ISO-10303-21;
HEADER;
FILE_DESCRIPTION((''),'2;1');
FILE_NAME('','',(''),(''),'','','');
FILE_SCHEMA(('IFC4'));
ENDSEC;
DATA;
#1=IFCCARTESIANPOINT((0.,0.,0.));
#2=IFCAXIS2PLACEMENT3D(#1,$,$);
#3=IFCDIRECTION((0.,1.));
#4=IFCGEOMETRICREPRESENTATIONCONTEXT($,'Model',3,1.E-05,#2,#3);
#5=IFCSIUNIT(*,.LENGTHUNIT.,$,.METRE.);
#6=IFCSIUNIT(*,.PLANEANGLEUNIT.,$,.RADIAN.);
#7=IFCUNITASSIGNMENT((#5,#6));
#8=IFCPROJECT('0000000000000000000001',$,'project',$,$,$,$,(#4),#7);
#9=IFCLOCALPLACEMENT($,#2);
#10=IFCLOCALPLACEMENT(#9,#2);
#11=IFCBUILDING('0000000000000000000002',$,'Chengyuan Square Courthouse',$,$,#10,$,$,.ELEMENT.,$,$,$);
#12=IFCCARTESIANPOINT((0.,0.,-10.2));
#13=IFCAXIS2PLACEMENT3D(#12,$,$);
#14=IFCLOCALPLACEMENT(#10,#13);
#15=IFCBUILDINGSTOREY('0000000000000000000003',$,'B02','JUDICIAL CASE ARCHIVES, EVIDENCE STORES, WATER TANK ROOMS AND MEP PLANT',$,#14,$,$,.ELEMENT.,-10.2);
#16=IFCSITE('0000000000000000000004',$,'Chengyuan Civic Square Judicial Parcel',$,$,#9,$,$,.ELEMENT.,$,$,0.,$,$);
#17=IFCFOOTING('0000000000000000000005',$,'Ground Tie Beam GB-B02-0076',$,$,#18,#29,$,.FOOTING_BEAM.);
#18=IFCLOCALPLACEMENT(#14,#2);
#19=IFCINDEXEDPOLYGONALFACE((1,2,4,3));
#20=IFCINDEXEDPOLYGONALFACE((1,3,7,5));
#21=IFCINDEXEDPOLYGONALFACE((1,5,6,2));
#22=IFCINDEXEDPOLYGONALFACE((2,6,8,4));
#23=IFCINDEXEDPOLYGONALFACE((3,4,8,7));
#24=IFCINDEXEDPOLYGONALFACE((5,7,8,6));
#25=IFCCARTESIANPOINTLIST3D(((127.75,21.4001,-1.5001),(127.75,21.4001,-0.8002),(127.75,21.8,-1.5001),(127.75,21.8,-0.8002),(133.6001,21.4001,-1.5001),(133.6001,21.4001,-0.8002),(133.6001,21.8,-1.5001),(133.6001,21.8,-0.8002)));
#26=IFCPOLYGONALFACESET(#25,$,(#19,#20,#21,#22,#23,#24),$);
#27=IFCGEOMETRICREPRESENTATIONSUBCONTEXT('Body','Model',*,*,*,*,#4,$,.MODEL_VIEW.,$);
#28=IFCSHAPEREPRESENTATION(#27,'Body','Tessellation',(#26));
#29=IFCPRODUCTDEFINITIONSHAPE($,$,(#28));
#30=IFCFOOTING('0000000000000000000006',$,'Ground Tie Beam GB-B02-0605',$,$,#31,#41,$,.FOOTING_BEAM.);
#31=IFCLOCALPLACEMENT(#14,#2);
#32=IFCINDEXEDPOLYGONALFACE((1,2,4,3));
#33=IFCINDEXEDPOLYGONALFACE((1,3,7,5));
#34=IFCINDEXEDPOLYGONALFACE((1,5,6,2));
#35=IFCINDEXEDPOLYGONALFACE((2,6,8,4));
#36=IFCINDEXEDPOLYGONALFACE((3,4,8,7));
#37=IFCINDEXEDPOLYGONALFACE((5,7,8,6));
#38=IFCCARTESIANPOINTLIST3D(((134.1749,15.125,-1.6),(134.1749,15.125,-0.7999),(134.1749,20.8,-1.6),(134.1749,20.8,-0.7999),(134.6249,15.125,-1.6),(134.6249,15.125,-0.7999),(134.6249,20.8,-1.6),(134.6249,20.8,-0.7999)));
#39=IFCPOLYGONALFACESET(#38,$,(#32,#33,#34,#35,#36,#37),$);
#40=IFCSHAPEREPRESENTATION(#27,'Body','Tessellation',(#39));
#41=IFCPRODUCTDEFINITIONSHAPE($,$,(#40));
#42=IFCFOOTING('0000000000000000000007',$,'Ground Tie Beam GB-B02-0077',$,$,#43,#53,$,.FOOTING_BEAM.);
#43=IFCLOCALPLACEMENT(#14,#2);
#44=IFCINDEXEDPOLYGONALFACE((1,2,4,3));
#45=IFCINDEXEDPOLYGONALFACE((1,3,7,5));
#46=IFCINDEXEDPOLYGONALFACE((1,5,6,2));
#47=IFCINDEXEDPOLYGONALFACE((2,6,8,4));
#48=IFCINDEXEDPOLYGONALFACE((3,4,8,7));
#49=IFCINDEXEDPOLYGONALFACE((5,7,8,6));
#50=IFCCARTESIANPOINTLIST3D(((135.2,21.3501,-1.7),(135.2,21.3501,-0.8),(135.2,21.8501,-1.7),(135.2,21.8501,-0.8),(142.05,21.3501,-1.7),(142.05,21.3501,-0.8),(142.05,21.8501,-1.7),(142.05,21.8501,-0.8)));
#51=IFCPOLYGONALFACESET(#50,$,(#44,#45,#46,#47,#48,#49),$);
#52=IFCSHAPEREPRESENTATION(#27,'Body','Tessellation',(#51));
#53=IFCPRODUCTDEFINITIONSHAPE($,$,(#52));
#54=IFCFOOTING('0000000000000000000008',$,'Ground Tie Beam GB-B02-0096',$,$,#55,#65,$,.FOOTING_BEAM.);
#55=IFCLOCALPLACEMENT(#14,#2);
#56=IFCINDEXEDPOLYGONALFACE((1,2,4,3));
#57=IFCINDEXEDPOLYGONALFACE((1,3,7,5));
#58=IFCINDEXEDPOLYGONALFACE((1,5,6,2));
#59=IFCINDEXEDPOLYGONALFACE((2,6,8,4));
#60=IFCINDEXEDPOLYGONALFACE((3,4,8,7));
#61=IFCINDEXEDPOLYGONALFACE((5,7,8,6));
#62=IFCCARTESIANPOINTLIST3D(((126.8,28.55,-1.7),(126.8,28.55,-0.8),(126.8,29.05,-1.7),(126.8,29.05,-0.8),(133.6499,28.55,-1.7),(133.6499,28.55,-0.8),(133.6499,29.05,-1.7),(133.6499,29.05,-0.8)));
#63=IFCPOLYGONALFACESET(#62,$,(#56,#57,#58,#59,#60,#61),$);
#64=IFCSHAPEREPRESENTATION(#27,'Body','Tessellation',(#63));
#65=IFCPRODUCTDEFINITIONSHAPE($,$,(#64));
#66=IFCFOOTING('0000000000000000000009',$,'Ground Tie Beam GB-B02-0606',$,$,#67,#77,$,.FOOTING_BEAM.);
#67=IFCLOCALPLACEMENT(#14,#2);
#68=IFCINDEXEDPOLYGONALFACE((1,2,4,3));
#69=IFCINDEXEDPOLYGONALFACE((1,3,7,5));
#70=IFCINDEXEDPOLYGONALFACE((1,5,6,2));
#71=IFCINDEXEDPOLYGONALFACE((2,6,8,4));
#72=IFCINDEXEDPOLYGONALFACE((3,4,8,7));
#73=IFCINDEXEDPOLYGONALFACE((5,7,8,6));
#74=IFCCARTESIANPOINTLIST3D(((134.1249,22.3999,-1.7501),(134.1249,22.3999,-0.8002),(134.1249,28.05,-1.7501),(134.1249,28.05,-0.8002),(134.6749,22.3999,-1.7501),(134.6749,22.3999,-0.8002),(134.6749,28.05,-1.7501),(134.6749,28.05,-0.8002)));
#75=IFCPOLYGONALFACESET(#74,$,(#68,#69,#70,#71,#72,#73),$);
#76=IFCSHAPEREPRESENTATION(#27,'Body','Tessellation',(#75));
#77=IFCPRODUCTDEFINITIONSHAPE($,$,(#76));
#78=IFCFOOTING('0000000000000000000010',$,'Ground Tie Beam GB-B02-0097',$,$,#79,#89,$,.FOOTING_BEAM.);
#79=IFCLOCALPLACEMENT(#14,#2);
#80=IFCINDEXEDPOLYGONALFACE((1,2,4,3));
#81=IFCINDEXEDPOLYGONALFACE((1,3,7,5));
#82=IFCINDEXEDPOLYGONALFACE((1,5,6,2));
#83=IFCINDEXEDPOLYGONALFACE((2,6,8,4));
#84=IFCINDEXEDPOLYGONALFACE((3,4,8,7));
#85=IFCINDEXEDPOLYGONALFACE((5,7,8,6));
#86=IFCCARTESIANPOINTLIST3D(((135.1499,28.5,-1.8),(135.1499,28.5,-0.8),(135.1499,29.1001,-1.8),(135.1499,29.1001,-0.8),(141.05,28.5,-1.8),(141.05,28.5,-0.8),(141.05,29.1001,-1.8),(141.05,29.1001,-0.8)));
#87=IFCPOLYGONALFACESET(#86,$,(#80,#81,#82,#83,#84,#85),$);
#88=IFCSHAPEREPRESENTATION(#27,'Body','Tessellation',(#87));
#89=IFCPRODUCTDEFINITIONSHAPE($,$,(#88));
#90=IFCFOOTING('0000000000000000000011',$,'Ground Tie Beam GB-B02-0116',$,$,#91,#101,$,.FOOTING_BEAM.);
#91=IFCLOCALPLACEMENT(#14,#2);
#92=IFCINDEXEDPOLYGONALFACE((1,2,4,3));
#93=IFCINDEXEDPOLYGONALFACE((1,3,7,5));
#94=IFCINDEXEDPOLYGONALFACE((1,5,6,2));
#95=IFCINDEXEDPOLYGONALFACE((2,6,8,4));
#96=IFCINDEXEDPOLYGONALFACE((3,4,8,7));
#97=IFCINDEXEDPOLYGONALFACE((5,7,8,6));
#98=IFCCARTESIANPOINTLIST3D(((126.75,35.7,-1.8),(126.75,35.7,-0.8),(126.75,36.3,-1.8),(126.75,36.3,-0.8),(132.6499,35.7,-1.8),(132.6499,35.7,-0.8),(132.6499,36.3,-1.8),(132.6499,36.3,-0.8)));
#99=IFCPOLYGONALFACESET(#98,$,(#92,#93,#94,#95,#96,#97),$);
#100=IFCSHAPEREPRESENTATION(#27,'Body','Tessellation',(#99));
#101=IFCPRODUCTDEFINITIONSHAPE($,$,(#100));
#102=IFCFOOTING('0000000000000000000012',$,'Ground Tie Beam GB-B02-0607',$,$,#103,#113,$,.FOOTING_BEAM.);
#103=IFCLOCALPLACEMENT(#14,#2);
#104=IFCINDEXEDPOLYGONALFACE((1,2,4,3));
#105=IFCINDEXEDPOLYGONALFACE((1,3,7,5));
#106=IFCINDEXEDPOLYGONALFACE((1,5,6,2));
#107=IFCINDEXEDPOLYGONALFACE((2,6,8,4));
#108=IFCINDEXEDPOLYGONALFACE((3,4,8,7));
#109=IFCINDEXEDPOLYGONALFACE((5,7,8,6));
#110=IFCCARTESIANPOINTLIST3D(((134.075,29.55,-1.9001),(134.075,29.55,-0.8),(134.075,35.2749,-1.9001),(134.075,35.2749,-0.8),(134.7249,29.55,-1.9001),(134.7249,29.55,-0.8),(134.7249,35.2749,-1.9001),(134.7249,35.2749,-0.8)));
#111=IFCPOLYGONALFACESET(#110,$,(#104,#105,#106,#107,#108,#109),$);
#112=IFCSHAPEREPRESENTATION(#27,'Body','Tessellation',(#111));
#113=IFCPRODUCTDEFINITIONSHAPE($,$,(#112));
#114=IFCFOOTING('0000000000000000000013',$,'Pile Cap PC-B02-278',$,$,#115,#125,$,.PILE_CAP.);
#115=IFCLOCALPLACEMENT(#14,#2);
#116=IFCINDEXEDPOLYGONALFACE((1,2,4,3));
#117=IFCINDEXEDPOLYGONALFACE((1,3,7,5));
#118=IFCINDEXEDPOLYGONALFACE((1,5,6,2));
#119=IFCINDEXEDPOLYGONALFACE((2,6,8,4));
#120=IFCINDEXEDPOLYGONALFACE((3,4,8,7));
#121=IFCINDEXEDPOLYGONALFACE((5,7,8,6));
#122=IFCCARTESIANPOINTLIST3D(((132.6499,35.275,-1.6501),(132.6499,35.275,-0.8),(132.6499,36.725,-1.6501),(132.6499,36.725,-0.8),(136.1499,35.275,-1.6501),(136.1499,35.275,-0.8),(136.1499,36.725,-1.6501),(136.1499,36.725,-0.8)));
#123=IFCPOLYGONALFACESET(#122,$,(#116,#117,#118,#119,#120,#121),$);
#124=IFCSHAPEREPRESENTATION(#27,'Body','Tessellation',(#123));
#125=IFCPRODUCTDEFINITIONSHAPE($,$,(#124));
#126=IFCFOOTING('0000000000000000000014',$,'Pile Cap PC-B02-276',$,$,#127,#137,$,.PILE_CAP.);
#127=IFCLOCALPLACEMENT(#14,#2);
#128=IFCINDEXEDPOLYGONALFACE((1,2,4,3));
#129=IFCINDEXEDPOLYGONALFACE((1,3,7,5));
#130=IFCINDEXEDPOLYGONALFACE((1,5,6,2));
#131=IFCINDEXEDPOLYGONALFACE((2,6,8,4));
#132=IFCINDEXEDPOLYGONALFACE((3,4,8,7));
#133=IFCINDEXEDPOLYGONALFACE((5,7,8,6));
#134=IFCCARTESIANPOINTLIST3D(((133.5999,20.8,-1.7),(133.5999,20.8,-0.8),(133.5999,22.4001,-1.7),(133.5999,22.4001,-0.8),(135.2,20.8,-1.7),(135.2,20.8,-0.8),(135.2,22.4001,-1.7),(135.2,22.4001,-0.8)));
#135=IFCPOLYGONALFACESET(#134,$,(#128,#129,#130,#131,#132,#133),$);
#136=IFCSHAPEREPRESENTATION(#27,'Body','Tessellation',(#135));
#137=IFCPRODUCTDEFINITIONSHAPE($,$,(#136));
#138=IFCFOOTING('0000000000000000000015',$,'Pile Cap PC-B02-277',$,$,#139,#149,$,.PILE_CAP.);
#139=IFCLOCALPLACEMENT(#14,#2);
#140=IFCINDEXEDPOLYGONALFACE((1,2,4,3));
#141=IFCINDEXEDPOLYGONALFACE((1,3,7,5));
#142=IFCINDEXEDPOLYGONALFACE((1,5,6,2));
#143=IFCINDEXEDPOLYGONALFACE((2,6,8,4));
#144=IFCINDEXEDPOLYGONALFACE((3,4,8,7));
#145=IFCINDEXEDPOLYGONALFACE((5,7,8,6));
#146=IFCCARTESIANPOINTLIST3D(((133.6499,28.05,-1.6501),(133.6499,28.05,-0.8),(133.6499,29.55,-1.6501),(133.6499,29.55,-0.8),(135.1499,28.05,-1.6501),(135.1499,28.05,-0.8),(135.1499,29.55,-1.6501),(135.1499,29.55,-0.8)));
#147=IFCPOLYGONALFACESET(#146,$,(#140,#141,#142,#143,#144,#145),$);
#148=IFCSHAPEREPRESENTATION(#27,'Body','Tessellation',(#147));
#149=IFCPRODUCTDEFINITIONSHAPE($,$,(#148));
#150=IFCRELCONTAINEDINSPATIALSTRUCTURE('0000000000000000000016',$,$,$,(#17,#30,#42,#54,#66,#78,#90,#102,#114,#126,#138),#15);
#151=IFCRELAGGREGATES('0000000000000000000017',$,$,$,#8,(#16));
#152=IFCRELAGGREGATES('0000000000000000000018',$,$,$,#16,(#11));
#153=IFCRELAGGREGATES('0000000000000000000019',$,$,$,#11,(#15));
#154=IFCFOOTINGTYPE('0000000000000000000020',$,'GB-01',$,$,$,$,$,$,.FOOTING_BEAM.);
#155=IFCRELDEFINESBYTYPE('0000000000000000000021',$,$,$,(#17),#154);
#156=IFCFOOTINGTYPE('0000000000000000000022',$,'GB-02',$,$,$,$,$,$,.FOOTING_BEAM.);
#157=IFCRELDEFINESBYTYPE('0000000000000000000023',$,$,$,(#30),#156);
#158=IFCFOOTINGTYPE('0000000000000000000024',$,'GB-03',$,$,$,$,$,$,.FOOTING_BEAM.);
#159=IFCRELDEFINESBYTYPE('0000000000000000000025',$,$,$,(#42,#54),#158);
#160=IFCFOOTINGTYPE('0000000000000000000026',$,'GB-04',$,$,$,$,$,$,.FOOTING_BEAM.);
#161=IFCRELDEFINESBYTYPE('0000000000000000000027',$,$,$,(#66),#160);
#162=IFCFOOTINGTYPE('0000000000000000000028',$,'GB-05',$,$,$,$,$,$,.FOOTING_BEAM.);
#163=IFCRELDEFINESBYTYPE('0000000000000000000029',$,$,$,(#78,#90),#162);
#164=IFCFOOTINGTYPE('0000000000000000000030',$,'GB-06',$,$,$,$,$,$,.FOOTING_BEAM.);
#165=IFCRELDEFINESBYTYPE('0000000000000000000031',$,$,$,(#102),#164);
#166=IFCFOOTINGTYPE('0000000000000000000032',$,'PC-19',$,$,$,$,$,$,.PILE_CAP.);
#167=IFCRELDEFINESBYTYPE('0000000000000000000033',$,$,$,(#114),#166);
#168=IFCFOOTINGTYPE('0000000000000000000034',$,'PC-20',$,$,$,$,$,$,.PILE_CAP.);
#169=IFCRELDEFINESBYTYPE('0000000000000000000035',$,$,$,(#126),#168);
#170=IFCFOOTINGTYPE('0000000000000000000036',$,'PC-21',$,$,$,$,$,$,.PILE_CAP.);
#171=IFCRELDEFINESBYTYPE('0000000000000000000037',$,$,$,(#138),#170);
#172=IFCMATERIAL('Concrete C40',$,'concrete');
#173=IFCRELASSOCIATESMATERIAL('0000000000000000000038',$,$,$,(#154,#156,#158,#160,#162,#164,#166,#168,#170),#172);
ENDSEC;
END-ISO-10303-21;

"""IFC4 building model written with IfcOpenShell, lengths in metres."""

from ifc_helpers import new_model, si_unit, direction, frame, origin, origin_2d, place, context, subcontext, project, spatial, rectangle, extrude, material, material_profile, profile_set, type_object, element, save


model = new_model("IFC4")

# Units and contexts
model_context = context("Model", 3, precision=1e-05, world=origin(), true_north=direction((0.0, 1.0)))
body_context = subcontext(model_context, "Body", "Model", "MODEL_VIEW")
ifc_project = project(units=[si_unit("LENGTHUNIT", "METRE"), si_unit("PLANEANGLEUNIT", "RADIAN")], contexts=[model_context])

# Site, building, storey
site_placement = place(None, origin())
site = spatial("IfcSite", under=ifc_project, at=site_placement, Name="Chengyuan Civic Square Judicial Parcel", CompositionType="ELEMENT", RefElevation=0.0)
building_placement = place(site_placement, origin())
building = spatial("IfcBuilding", under=site, at=building_placement, Name="Chengyuan Square Courthouse", CompositionType="ELEMENT")
storey_placement = place(building_placement, frame((0.0, 0.0, -10.2)))
storey = spatial("IfcBuildingStorey", under=building, at=storey_placement, Name="B02", Description="JUDICIAL CASE ARCHIVES, EVIDENCE STORES, WATER TANK ROOMS AND MEP PLANT", CompositionType="ELEMENT", Elevation=-10.2)

# Footings
ifc_material_1 = material(Name="Concrete C40", Category="concrete")
ifc_material_profile_1 = material_profile(ifc_material_1, rectangle(XDim=0.3999, YDim=0.7, at=origin_2d()), Name="GB-400x700")
ifc_profile_set_1 = profile_set([ifc_material_profile_1], Name="Concrete C40")
footing_type_1 = type_object("IfcFootingType", Name="GB-01", PredefinedType="FOOTING_BEAM", material=ifc_profile_set_1)
footing_1_placement = place(storey_placement, frame((127.75, 21.6001, -1.1501), z_axis=(1.0, 0.0, 0.0), x_axis=(0.0, 1.0, 0.0)))
element("IfcFooting", 1, at=footing_1_placement, inside=storey, type_object=footing_type_1, Name="Ground Tie Beam GB-B02-0076", PredefinedType="FOOTING_BEAM", context=body_context, shape_type="SweptSolid", body=[
    extrude(rectangle(XDim=0.3999, YDim=0.7, at=origin_2d()), origin(), (0.0, 0.0, 1.0), 5.8501),
])
ifc_material_profile_2 = material_profile(ifc_material_1, rectangle(XDim=0.45, YDim=0.8, at=origin_2d()), Name="GB-450x800")
ifc_profile_set_2 = profile_set([ifc_material_profile_2], Name="Concrete C40")
footing_type_2 = type_object("IfcFootingType", Name="GB-02", PredefinedType="FOOTING_BEAM", material=ifc_profile_set_2)
footing_2_placement = place(storey_placement, frame((134.3999, 15.125, -1.2), z_axis=(0.0, 1.0, 0.0), x_axis=(-1.0, 0.0, 0.0)))
element("IfcFooting", 2, at=footing_2_placement, inside=storey, type_object=footing_type_2, Name="Ground Tie Beam GB-B02-0605", PredefinedType="FOOTING_BEAM", context=body_context, shape_type="SweptSolid", body=[
    extrude(rectangle(XDim=0.45, YDim=0.8, at=origin_2d()), origin(), (0.0, 0.0, 1.0), 5.675),
])
ifc_material_profile_3 = material_profile(ifc_material_1, rectangle(XDim=0.5, YDim=0.8999, at=origin_2d()), Name="GB-500x900")
ifc_profile_set_3 = profile_set([ifc_material_profile_3], Name="Concrete C40")
footing_type_3 = type_object("IfcFootingType", Name="GB-03", PredefinedType="FOOTING_BEAM", material=ifc_profile_set_3)
footing_3_placement = place(storey_placement, frame((135.2, 21.6001, -1.25), z_axis=(1.0, 0.0, 0.0), x_axis=(0.0, 1.0, 0.0)))
element("IfcFooting", 3, at=footing_3_placement, inside=storey, type_object=footing_type_3, Name="Ground Tie Beam GB-B02-0077", PredefinedType="FOOTING_BEAM", context=body_context, shape_type="SweptSolid", body=[
    extrude(rectangle(XDim=0.5, YDim=0.8999, at=origin_2d()), origin(), (0.0, 0.0, 1.0), 6.8501),
])
footing_4_placement = place(storey_placement, frame((126.8, 28.8, -1.25), z_axis=(1.0, 0.0, 0.0), x_axis=(0.0, 1.0, 0.0)))
element("IfcFooting", 4, at=footing_4_placement, inside=storey, type_object=footing_type_3, Name="Ground Tie Beam GB-B02-0096", PredefinedType="FOOTING_BEAM", context=body_context, shape_type="SweptSolid", body=[
    extrude(rectangle(XDim=0.5, YDim=0.8999, at=origin_2d()), origin(), (0.0, 0.0, 1.0), 6.8499),
])
ifc_material_profile_4 = material_profile(ifc_material_1, rectangle(XDim=0.55, YDim=0.95, at=origin_2d()), Name="GB-550x950")
ifc_profile_set_4 = profile_set([ifc_material_profile_4], Name="Concrete C40")
footing_type_4 = type_object("IfcFootingType", Name="GB-04", PredefinedType="FOOTING_BEAM", material=ifc_profile_set_4)
footing_5_placement = place(storey_placement, frame((134.3999, 22.3999, -1.2751), z_axis=(0.0, 1.0, 0.0), x_axis=(-1.0, 0.0, 0.0)))
element("IfcFooting", 5, at=footing_5_placement, inside=storey, type_object=footing_type_4, Name="Ground Tie Beam GB-B02-0606", PredefinedType="FOOTING_BEAM", context=body_context, shape_type="SweptSolid", body=[
    extrude(rectangle(XDim=0.55, YDim=0.95, at=origin_2d()), origin(), (0.0, 0.0, 1.0), 5.6501),
])
ifc_material_profile_5 = material_profile(ifc_material_1, rectangle(XDim=0.6001, YDim=1.0, at=origin_2d()), Name="GB-600x1000")
ifc_profile_set_5 = profile_set([ifc_material_profile_5], Name="Concrete C40")
footing_type_5 = type_object("IfcFootingType", Name="GB-05", PredefinedType="FOOTING_BEAM", material=ifc_profile_set_5)
footing_6_placement = place(storey_placement, frame((135.1499, 28.8, -1.3), z_axis=(1.0, 0.0, 0.0), x_axis=(0.0, 1.0, 0.0)))
element("IfcFooting", 6, at=footing_6_placement, inside=storey, type_object=footing_type_5, Name="Ground Tie Beam GB-B02-0097", PredefinedType="FOOTING_BEAM", context=body_context, shape_type="SweptSolid", body=[
    extrude(rectangle(XDim=0.6001, YDim=1.0, at=origin_2d()), origin(), (0.0, 0.0, 1.0), 5.9001),
])
footing_7_placement = place(storey_placement, frame((126.75, 36.0, -1.3), z_axis=(1.0, 0.0, 0.0), x_axis=(0.0, 1.0, 0.0)))
element("IfcFooting", 7, at=footing_7_placement, inside=storey, type_object=footing_type_5, Name="Ground Tie Beam GB-B02-0116", PredefinedType="FOOTING_BEAM", context=body_context, shape_type="SweptSolid", body=[
    extrude(rectangle(XDim=0.6001, YDim=1.0, at=origin_2d()), origin(), (0.0, 0.0, 1.0), 5.8999),
])
ifc_material_profile_6 = material_profile(ifc_material_1, rectangle(XDim=0.6499, YDim=1.1001, at=origin_2d()), Name="GB-650x1100")
ifc_profile_set_6 = profile_set([ifc_material_profile_6], Name="Concrete C40")
footing_type_6 = type_object("IfcFootingType", Name="GB-06", PredefinedType="FOOTING_BEAM", material=ifc_profile_set_6)
footing_8_placement = place(storey_placement, frame((134.3999, 29.55, -1.3501), z_axis=(0.0, 1.0, 0.0), x_axis=(-1.0, 0.0, 0.0)))
element("IfcFooting", 8, at=footing_8_placement, inside=storey, type_object=footing_type_6, Name="Ground Tie Beam GB-B02-0607", PredefinedType="FOOTING_BEAM", context=body_context, shape_type="SweptSolid", body=[
    extrude(rectangle(XDim=0.6499, YDim=1.1001, at=origin_2d()), origin(), (0.0, 0.0, 1.0), 5.7249),
])
footing_type_7 = type_object("IfcFootingType", Name="PC-19", PredefinedType="PILE_CAP", material=ifc_material_1)
footing_9_placement = place(storey_placement, frame((134.3999, 36.0, -1.6501), z_axis=(0.0, 0.0, 1.0), x_axis=(1.0, 0.0, 0.0)))
element("IfcFooting", 9, at=footing_9_placement, inside=storey, type_object=footing_type_7, Name="Pile Cap PC-B02-278", PredefinedType="PILE_CAP", context=body_context, shape_type="SweptSolid", body=[
    extrude(rectangle(XDim=3.5, YDim=1.45, at=origin_2d()), origin(), (0.0, 0.0, 1.0), 0.8501),
])
footing_type_8 = type_object("IfcFootingType", Name="PC-20", PredefinedType="PILE_CAP", material=ifc_material_1)
footing_10_placement = place(storey_placement, frame((134.3999, 21.6001, -1.7), z_axis=(0.0, 0.0, 1.0), x_axis=(1.0, 0.0, 0.0)))
element("IfcFooting", 10, at=footing_10_placement, inside=storey, type_object=footing_type_8, Name="Pile Cap PC-B02-276", PredefinedType="PILE_CAP", context=body_context, shape_type="SweptSolid", body=[
    extrude(rectangle(XDim=1.6001, YDim=1.6001, at=origin_2d()), origin(), (0.0, 0.0, 1.0), 0.8999),
])
footing_type_9 = type_object("IfcFootingType", Name="PC-21", PredefinedType="PILE_CAP", material=ifc_material_1)
footing_11_placement = place(storey_placement, frame((134.3999, 28.8, -1.6501), z_axis=(0.0, 0.0, 1.0), x_axis=(1.0, 0.0, 0.0)))
element("IfcFooting", 11, at=footing_11_placement, inside=storey, type_object=footing_type_9, Name="Pile Cap PC-B02-277", PredefinedType="PILE_CAP", context=body_context, shape_type="SweptSolid", body=[
    extrude(rectangle(XDim=1.5, YDim=1.5, at=origin_2d()), origin(), (0.0, 0.0, 1.0), 0.8501),
])

save(model, "model.ifc")
